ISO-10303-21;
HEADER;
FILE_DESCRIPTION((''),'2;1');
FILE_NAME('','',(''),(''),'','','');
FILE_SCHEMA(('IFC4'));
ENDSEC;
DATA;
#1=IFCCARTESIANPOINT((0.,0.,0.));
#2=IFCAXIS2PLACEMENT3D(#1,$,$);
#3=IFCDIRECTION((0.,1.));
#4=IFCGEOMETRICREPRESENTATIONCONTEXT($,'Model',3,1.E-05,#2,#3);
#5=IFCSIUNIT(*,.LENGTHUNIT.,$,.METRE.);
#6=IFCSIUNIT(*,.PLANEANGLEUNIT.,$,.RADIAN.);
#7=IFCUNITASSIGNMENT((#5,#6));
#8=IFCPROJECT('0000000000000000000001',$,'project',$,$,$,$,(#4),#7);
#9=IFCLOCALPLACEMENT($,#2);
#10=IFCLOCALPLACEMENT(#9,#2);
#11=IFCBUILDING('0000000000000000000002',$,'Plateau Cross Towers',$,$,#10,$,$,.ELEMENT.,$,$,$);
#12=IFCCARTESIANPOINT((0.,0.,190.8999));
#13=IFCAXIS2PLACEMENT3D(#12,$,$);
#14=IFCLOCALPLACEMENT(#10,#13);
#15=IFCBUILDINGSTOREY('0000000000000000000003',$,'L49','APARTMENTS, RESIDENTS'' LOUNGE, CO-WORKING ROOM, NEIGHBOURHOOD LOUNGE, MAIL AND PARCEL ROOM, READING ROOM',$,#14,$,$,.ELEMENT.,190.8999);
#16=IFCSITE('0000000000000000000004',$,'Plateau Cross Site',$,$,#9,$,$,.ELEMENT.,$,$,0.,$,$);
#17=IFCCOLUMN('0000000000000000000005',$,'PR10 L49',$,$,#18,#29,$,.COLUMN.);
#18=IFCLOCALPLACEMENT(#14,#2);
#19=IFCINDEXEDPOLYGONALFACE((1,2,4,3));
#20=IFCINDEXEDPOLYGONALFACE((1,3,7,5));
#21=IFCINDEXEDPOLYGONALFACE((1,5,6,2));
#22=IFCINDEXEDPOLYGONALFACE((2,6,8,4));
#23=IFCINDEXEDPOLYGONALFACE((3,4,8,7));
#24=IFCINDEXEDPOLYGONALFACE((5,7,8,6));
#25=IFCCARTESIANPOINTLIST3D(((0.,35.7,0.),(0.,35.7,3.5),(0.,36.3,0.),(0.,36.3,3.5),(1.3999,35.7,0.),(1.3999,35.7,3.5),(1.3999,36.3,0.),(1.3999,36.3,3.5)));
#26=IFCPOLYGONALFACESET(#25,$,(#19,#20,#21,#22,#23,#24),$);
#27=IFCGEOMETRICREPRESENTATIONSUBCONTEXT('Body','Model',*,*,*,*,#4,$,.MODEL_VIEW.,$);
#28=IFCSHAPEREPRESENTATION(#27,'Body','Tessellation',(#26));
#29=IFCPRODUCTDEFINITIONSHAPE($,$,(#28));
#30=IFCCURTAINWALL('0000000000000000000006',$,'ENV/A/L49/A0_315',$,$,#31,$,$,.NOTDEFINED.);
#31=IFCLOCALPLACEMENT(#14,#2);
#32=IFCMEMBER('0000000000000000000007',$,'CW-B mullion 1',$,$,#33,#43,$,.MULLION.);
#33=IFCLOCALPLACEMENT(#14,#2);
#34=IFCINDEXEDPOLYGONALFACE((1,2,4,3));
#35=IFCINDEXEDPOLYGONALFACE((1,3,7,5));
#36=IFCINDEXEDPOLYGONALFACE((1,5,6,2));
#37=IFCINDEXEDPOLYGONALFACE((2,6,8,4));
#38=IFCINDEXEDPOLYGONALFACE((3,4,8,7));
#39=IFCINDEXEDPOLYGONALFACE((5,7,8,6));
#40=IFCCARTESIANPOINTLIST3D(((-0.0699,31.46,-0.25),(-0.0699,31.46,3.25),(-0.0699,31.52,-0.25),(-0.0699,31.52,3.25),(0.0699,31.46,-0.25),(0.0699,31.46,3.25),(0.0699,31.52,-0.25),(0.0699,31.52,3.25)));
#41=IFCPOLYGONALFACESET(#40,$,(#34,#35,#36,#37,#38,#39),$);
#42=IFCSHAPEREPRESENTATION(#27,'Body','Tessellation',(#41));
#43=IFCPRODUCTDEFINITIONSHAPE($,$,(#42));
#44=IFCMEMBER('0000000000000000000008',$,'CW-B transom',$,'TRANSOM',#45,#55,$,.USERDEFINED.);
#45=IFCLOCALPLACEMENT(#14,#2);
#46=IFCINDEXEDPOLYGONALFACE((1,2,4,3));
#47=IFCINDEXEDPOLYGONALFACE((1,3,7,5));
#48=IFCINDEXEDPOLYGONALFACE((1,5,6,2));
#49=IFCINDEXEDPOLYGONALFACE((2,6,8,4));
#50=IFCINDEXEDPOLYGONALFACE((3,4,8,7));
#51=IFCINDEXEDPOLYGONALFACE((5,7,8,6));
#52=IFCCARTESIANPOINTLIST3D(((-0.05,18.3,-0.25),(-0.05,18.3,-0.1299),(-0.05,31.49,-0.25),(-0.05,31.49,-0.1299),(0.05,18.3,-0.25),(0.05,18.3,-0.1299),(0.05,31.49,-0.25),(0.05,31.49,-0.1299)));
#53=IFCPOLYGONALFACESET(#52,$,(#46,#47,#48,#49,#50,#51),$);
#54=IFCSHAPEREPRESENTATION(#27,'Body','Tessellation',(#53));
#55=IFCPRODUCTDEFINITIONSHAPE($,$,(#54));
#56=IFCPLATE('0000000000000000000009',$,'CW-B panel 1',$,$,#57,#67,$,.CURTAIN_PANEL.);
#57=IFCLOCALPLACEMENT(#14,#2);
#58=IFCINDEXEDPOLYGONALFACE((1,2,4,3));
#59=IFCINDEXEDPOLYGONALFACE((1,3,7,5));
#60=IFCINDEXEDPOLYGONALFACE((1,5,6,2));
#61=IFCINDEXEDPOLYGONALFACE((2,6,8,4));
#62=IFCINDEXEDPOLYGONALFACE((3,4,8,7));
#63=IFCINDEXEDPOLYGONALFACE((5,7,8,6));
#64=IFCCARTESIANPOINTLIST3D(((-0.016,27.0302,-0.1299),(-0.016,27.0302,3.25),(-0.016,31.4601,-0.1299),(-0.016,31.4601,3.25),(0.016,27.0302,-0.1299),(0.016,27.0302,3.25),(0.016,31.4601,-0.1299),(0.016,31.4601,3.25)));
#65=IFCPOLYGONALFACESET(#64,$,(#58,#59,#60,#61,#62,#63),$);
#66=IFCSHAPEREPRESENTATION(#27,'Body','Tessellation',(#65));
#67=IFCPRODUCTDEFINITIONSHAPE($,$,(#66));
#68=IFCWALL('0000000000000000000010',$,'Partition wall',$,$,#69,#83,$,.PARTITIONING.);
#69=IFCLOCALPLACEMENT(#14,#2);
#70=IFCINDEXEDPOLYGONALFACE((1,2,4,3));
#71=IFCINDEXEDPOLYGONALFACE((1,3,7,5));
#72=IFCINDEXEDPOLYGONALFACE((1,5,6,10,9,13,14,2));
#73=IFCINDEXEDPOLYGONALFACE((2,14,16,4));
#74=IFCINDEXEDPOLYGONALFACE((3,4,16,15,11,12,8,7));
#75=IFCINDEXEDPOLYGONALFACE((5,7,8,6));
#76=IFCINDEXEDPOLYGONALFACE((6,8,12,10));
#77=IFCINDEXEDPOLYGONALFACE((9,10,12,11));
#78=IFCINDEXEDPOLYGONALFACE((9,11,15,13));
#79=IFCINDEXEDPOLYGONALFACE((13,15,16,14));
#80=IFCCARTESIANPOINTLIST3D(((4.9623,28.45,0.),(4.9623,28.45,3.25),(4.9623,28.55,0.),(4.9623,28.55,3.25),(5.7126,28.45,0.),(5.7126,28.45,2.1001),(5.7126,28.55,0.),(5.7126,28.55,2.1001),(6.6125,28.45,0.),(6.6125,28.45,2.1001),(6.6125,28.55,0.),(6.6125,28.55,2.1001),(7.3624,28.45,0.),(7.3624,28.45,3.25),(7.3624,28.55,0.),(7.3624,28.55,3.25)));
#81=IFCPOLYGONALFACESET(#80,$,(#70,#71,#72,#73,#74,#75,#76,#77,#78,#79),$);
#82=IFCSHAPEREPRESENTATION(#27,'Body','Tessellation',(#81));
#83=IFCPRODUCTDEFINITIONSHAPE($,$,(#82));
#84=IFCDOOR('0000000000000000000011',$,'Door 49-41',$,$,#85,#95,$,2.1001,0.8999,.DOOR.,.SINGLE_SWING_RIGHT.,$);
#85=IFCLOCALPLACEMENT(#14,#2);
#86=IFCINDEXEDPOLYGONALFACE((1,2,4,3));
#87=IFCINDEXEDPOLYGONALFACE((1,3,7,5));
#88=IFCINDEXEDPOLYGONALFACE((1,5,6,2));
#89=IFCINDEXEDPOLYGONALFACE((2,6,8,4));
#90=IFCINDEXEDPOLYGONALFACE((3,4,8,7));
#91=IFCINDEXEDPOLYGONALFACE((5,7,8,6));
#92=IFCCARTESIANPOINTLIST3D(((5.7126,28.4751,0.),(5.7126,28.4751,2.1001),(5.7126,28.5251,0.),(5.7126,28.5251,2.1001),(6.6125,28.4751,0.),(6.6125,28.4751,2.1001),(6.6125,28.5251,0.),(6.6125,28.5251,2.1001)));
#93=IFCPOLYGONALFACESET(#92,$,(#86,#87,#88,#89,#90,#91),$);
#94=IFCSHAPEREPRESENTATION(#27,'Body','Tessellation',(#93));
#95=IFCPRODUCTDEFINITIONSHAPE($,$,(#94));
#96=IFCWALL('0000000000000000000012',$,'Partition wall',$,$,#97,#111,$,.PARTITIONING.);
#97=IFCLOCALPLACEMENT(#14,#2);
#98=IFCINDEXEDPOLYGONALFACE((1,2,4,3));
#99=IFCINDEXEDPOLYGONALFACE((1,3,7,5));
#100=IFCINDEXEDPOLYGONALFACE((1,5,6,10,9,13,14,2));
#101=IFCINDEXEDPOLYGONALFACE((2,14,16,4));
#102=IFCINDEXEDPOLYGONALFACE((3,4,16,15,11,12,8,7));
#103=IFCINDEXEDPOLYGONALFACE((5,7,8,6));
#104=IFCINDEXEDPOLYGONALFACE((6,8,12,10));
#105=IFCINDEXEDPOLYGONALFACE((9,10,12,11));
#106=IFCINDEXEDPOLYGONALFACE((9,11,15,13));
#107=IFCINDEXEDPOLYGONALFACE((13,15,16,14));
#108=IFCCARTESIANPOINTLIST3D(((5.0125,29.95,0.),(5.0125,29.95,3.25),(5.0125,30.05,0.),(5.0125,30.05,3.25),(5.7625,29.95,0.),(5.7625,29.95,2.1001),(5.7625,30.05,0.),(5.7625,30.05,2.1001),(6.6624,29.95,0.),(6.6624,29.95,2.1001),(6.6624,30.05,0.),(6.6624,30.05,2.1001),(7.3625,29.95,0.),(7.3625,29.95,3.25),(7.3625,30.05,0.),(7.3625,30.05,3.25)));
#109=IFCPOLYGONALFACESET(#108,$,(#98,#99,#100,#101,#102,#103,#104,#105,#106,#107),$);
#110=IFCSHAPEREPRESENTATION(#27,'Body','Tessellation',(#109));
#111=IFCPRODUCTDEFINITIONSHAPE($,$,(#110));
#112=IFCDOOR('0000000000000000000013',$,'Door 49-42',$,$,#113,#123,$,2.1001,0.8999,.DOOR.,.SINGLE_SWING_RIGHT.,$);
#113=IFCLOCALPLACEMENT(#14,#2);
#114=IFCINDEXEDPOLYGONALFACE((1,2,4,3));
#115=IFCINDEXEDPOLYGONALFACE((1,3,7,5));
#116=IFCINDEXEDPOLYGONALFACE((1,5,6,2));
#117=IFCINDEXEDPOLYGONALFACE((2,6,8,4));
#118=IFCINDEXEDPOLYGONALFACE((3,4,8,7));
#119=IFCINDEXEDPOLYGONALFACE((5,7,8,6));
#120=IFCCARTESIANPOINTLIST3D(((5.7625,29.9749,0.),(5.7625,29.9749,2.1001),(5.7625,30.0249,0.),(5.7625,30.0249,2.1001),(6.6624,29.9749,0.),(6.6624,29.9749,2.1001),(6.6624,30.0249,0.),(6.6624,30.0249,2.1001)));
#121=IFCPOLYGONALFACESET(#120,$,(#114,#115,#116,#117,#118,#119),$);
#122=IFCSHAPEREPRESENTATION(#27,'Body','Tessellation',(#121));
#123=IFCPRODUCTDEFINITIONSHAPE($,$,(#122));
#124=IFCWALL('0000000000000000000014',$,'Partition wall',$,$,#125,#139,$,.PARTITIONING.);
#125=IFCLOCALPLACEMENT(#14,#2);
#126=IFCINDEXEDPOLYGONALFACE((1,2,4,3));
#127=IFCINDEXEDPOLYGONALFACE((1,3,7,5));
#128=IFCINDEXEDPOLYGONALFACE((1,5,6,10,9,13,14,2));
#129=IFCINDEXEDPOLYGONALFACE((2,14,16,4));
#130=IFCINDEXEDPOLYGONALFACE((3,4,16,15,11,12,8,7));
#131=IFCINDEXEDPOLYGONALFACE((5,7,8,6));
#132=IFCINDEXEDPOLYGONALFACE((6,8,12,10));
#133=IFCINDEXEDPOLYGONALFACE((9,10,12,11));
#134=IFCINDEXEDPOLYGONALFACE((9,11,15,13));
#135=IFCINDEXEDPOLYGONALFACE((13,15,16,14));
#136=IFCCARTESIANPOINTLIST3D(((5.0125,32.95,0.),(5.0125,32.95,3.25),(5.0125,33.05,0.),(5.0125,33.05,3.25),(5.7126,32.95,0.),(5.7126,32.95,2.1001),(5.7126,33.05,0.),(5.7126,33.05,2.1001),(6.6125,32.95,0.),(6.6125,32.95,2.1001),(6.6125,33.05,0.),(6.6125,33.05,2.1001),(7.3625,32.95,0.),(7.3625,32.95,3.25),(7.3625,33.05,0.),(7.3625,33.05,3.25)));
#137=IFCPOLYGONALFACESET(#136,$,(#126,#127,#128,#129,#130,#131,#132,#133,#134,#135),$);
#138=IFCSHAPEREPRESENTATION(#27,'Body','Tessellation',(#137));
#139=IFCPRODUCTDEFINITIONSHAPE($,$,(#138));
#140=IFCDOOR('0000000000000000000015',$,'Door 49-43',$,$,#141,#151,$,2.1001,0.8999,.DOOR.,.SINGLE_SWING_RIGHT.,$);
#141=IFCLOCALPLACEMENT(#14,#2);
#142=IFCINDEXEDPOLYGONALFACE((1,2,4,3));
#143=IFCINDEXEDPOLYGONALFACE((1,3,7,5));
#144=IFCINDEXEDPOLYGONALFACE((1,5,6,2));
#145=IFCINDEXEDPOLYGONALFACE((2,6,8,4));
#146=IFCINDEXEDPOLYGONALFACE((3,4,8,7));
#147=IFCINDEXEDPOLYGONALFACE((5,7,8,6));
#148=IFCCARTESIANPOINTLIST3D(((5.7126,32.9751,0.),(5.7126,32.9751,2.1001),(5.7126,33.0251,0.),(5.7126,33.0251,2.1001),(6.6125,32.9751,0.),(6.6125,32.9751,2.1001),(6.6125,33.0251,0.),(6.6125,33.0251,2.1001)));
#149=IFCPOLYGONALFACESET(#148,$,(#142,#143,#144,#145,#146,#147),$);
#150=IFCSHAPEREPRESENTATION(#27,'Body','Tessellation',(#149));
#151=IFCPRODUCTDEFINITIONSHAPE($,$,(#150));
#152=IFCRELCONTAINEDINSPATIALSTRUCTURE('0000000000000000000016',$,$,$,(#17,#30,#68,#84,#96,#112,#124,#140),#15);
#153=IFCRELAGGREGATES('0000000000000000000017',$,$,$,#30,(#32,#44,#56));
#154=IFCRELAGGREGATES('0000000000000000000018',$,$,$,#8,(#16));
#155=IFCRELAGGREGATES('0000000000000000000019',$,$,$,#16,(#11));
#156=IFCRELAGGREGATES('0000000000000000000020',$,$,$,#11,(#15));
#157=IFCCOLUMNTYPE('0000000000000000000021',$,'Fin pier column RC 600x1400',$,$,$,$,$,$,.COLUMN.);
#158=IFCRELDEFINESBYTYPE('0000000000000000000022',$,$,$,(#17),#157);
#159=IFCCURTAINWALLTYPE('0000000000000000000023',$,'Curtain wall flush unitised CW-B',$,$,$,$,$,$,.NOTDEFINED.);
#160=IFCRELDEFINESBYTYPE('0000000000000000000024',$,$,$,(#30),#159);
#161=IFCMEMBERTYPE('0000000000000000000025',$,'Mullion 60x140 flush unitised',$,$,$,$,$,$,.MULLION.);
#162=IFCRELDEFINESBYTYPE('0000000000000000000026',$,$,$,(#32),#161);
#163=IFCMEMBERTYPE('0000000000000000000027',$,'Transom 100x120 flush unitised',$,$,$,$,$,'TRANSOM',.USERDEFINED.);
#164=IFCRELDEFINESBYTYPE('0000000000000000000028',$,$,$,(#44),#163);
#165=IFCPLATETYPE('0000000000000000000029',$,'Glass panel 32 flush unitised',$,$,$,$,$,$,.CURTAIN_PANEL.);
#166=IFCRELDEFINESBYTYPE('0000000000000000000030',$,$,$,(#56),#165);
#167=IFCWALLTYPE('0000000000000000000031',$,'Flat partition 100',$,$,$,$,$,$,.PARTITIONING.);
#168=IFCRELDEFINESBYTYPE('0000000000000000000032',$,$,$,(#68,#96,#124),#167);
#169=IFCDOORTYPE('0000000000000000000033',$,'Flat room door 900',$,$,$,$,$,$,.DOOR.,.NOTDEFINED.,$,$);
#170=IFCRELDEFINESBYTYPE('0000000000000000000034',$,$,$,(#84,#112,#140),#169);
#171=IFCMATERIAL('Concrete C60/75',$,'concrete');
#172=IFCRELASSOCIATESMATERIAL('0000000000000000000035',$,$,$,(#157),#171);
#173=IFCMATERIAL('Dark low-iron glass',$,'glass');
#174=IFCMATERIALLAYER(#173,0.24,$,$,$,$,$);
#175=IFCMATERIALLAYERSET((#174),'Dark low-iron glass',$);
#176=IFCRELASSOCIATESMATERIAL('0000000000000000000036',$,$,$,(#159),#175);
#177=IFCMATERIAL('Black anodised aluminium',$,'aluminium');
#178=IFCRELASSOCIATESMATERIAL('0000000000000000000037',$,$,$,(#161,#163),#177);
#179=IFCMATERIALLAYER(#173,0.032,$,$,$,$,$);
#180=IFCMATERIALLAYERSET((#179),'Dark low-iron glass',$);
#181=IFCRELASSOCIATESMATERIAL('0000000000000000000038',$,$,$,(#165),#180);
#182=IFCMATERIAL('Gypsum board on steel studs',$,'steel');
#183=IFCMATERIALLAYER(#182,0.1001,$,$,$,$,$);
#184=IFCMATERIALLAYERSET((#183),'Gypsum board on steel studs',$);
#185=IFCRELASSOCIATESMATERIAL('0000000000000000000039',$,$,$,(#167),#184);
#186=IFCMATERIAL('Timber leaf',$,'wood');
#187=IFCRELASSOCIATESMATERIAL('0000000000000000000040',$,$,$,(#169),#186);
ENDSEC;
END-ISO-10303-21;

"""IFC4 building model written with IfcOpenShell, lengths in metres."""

from ifc_helpers import new_model, si_unit, direction, frame, frame_2d, origin, origin_2d, place, context, subcontext, project, spatial, rectangle, extrude, material, layer, layer_set, material_profile, profile_set, type_object, element, fill, aggregate, save


model = new_model("IFC4")

# Units and contexts
model_context = context("Model", 3, precision=1e-05, world=origin(), true_north=direction((0.0, 1.0)))
body_context = subcontext(model_context, "Body", "Model", "MODEL_VIEW")
ifc_project = project(units=[si_unit("LENGTHUNIT", "METRE"), si_unit("PLANEANGLEUNIT", "RADIAN")], contexts=[model_context])

# Site, building, storey
site_placement = place(None, origin())
site = spatial("IfcSite", under=ifc_project, at=site_placement, Name="Plateau Cross Site", CompositionType="ELEMENT", RefElevation=0.0)
building_placement = place(site_placement, origin())
building = spatial("IfcBuilding", under=site, at=building_placement, Name="Plateau Cross Towers", CompositionType="ELEMENT")
storey_placement = place(building_placement, frame((0.0, 0.0, 190.8999)))
storey = spatial("IfcBuildingStorey", under=building, at=storey_placement, Name="L49", Description="APARTMENTS, RESIDENTS' LOUNGE, CO-WORKING ROOM, NEIGHBOURHOOD LOUNGE, MAIL AND PARCEL ROOM, READING ROOM", CompositionType="ELEMENT", Elevation=190.8999)

# Column
ifc_material_1 = material(Name="Concrete C60/75", Category="concrete")
ifc_material_profile_1 = material_profile(ifc_material_1, rectangle(XDim=0.6001, YDim=1.3999, at=origin_2d()), Name="RC 600x1400")
ifc_profile_set_1 = profile_set([ifc_material_profile_1], Name="Concrete C60/75")
column_type = type_object("IfcColumnType", Name="Fin pier column RC 600x1400", PredefinedType="COLUMN", material=ifc_profile_set_1)
column_placement = place(storey_placement, frame((0.7, 36.0, 0.0), z_axis=(0.0, 0.0, 1.0), x_axis=(0.0, 1.0, 0.0)))
element("IfcColumn", 1, at=column_placement, inside=storey, type_object=column_type, Name="PR10 L49", PredefinedType="COLUMN", context=body_context, shape_type="SweptSolid", body=[
    extrude(rectangle(XDim=0.6001, YDim=1.3999, at=origin_2d()), origin(), (0.0, 0.0, 1.0), 3.5),
])

# Curtain wall, members, plate
ifc_material_2 = material(Name="Dark low-iron glass", Category="glass")
ifc_layer_1 = layer(ifc_material_2, 0.24)
ifc_layer_set_1 = layer_set([ifc_layer_1], Name="Dark low-iron glass")
curtain_wall_type = type_object("IfcCurtainWallType", Name="Curtain wall flush unitised CW-B", PredefinedType="NOTDEFINED", material=ifc_layer_set_1)
curtain_wall_placement = place(storey_placement, origin())
curtain_wall = element("IfcCurtainWall", 2, at=curtain_wall_placement, inside=storey, type_object=curtain_wall_type, Name="ENV/A/L49/A0_315", PredefinedType="NOTDEFINED")
ifc_material_3 = material(Name="Black anodised aluminium", Category="aluminium")
ifc_material_profile_2 = material_profile(ifc_material_3, rectangle(XDim=0.0601, YDim=0.1399, at=origin_2d()), Name="MULLION 60x140")
ifc_profile_set_2 = profile_set([ifc_material_profile_2], Name="Black anodised aluminium")
member_type_1 = type_object("IfcMemberType", Name="Mullion 60x140 flush unitised", PredefinedType="MULLION", material=ifc_profile_set_2)
member_1_placement = place(storey_placement, frame((0.0, 31.49, -0.25), z_axis=(0.0, 0.0, 1.0), x_axis=(0.0, -1.0, 0.0)))
member_1 = element("IfcMember", 3, at=member_1_placement, type_object=member_type_1, Name="CW-B mullion 1", PredefinedType="MULLION", context=body_context, shape_type="SweptSolid", body=[
    extrude(rectangle(XDim=0.0601, YDim=0.1399, at=origin_2d()), origin(), (0.0, 0.0, 1.0), 3.5),
])
ifc_material_profile_3 = material_profile(ifc_material_3, rectangle(XDim=0.1001, YDim=0.1201, at=origin_2d()), Name="TRANSOM 100x120")
ifc_profile_set_3 = profile_set([ifc_material_profile_3], Name="Black anodised aluminium")
member_type_2 = type_object("IfcMemberType", Name="Transom 100x120 flush unitised", ElementType="TRANSOM", PredefinedType="USERDEFINED", material=ifc_profile_set_3)
member_2_placement = place(storey_placement, frame((0.0, 31.49, -0.1899), z_axis=(0.0, -1.0, 0.0), x_axis=(1.0, 0.0, 0.0)))
member_2 = element("IfcMember", 4, at=member_2_placement, type_object=member_type_2, Name="CW-B transom", ObjectType="TRANSOM", PredefinedType="USERDEFINED", context=body_context, shape_type="SweptSolid", body=[
    extrude(rectangle(XDim=0.1001, YDim=0.1201, at=origin_2d()), origin(), (0.0, 0.0, 1.0), 13.1899),
])
ifc_layer_2 = layer(ifc_material_2, 0.032)
ifc_layer_set_2 = layer_set([ifc_layer_2], Name="Dark low-iron glass")
plate_type = type_object("IfcPlateType", Name="Glass panel 32 flush unitised", PredefinedType="CURTAIN_PANEL", material=ifc_layer_set_2)
plate_placement = place(storey_placement, frame((0.0, 29.2451, -0.1299), z_axis=(0.0, 0.0, 1.0), x_axis=(0.0, -1.0, 0.0)))
plate = element("IfcPlate", 5, at=plate_placement, type_object=plate_type, Name="CW-B panel 1", PredefinedType="CURTAIN_PANEL", context=body_context, shape_type="SweptSolid", body=[
    extrude(rectangle(XDim=4.4299, YDim=0.032, at=origin_2d()), origin(), (0.0, 0.0, 1.0), 3.3799),
])
aggregate(curtain_wall, [member_1, member_2, plate])

# Walls, openings, doors
ifc_material_4 = material(Name="Gypsum board on steel studs", Category="steel")
ifc_layer_3 = layer(ifc_material_4, 0.1001)
ifc_layer_set_3 = layer_set([ifc_layer_3], Name="Gypsum board on steel studs")
wall_type_1 = type_object("IfcWallType", Name="Flat partition 100", PredefinedType="PARTITIONING", material=ifc_layer_set_3)
wall_1_placement = place(storey_placement, frame((7.3625, 28.5, 0.0), z_axis=(0.0, 0.0, 1.0), x_axis=(-1.0, 0.0, 0.0)))
wall_1 = element("IfcWall", 6, at=wall_1_placement, inside=storey, type_object=wall_type_1, Name="Partition wall", PredefinedType="PARTITIONING", context=body_context, shape_type="SweptSolid", body=[
    extrude(rectangle(XDim=2.4001, YDim=0.1001, at=frame_2d((1.2002, 0.0))), origin(), (0.0, 0.0, 1.0), 3.25),
])
opening_1_placement = place(wall_1_placement, frame((0.75, 0.0, 0.0)))
opening_1 = element("IfcOpeningElement", 7, at=opening_1_placement, cuts=wall_1, PredefinedType="OPENING", context=body_context, shape_type="SweptSolid", body=[
    extrude(rectangle(XDim=0.8999, YDim=2.1001, at=frame_2d((0.45, 1.05))), frame((0.0, 0.0601, 0.0), z_axis=(0.0, -1.0, 0.0), x_axis=(1.0, 0.0, 0.0)), (0.0, 0.0, 1.0), 0.1201),
])
ifc_material_5 = material(Name="Timber leaf", Category="wood")
door_type_1 = type_object("IfcDoorType", Name="Flat room door 900", OperationType="NOTDEFINED", PredefinedType="DOOR", material=ifc_material_5)
door_1_placement = place(opening_1_placement, origin())
door_1 = element("IfcDoor", 8, at=door_1_placement, inside=storey, type_object=door_type_1, Name="Door 49-41", OperationType="SINGLE_SWING_RIGHT", OverallHeight=2.1001, OverallWidth=0.8999, PredefinedType="DOOR", context=body_context, shape_type="SweptSolid", body=[
    extrude(rectangle(XDim=0.8999, YDim=2.1001, at=frame_2d((0.45, 1.05))), frame((0.0, 0.0249, 0.0), z_axis=(0.0, -1.0, 0.0), x_axis=(1.0, 0.0, 0.0)), (0.0, 0.0, 1.0), 0.05),
])
fill(opening_1, door_1)
wall_2_placement = place(storey_placement, frame((5.0125, 30.0, 0.0), z_axis=(0.0, 0.0, 1.0), x_axis=(1.0, 0.0, 0.0)))
wall_2 = element("IfcWall", 9, at=wall_2_placement, inside=storey, type_object=wall_type_1, Name="Partition wall", PredefinedType="PARTITIONING", context=body_context, shape_type="SweptSolid", body=[
    extrude(rectangle(XDim=2.3501, YDim=0.1001, at=frame_2d((1.175, 0.0))), origin(), (0.0, 0.0, 1.0), 3.25),
])
opening_2_placement = place(wall_2_placement, frame((0.75, 0.0, 0.0)))
opening_2 = element("IfcOpeningElement", 10, at=opening_2_placement, cuts=wall_2, PredefinedType="OPENING", context=body_context, shape_type="SweptSolid", body=[
    extrude(rectangle(XDim=0.8999, YDim=2.1001, at=frame_2d((0.45, 1.05))), frame((0.0, 0.0601, 0.0), z_axis=(0.0, -1.0, 0.0), x_axis=(1.0, 0.0, 0.0)), (0.0, 0.0, 1.0), 0.1201),
])
door_2_placement = place(opening_2_placement, origin())
door_2 = element("IfcDoor", 11, at=door_2_placement, inside=storey, type_object=door_type_1, Name="Door 49-42", OperationType="SINGLE_SWING_RIGHT", OverallHeight=2.1001, OverallWidth=0.8999, PredefinedType="DOOR", context=body_context, shape_type="SweptSolid", body=[
    extrude(rectangle(XDim=0.8999, YDim=2.1001, at=frame_2d((0.45, 1.05))), frame((0.0, 0.0249, 0.0), z_axis=(0.0, -1.0, 0.0), x_axis=(1.0, 0.0, 0.0)), (0.0, 0.0, 1.0), 0.05),
])
fill(opening_2, door_2)
wall_3_placement = place(storey_placement, frame((7.3625, 33.0, 0.0), z_axis=(0.0, 0.0, 1.0), x_axis=(-1.0, 0.0, 0.0)))
wall_3 = element("IfcWall", 12, at=wall_3_placement, inside=storey, type_object=wall_type_1, Name="Partition wall", PredefinedType="PARTITIONING", context=body_context, shape_type="SweptSolid", body=[
    extrude(rectangle(XDim=2.3501, YDim=0.1001, at=frame_2d((1.175, 0.0))), origin(), (0.0, 0.0, 1.0), 3.25),
])
opening_3_placement = place(wall_3_placement, frame((0.75, 0.0, 0.0)))
opening_3 = element("IfcOpeningElement", 13, at=opening_3_placement, cuts=wall_3, PredefinedType="OPENING", context=body_context, shape_type="SweptSolid", body=[
    extrude(rectangle(XDim=0.8999, YDim=2.1001, at=frame_2d((0.45, 1.05))), frame((0.0, 0.0601, 0.0), z_axis=(0.0, -1.0, 0.0), x_axis=(1.0, 0.0, 0.0)), (0.0, 0.0, 1.0), 0.1201),
])
door_3_placement = place(opening_3_placement, origin())
door_3 = element("IfcDoor", 14, at=door_3_placement, inside=storey, type_object=door_type_1, Name="Door 49-43", OperationType="SINGLE_SWING_RIGHT", OverallHeight=2.1001, OverallWidth=0.8999, PredefinedType="DOOR", context=body_context, shape_type="SweptSolid", body=[
    extrude(rectangle(XDim=0.8999, YDim=2.1001, at=frame_2d((0.45, 1.05))), frame((0.0, 0.0249, 0.0), z_axis=(0.0, -1.0, 0.0), x_axis=(1.0, 0.0, 0.0)), (0.0, 0.0, 1.0), 0.05),
])
fill(opening_3, door_3)

save(model, "model.ifc")
